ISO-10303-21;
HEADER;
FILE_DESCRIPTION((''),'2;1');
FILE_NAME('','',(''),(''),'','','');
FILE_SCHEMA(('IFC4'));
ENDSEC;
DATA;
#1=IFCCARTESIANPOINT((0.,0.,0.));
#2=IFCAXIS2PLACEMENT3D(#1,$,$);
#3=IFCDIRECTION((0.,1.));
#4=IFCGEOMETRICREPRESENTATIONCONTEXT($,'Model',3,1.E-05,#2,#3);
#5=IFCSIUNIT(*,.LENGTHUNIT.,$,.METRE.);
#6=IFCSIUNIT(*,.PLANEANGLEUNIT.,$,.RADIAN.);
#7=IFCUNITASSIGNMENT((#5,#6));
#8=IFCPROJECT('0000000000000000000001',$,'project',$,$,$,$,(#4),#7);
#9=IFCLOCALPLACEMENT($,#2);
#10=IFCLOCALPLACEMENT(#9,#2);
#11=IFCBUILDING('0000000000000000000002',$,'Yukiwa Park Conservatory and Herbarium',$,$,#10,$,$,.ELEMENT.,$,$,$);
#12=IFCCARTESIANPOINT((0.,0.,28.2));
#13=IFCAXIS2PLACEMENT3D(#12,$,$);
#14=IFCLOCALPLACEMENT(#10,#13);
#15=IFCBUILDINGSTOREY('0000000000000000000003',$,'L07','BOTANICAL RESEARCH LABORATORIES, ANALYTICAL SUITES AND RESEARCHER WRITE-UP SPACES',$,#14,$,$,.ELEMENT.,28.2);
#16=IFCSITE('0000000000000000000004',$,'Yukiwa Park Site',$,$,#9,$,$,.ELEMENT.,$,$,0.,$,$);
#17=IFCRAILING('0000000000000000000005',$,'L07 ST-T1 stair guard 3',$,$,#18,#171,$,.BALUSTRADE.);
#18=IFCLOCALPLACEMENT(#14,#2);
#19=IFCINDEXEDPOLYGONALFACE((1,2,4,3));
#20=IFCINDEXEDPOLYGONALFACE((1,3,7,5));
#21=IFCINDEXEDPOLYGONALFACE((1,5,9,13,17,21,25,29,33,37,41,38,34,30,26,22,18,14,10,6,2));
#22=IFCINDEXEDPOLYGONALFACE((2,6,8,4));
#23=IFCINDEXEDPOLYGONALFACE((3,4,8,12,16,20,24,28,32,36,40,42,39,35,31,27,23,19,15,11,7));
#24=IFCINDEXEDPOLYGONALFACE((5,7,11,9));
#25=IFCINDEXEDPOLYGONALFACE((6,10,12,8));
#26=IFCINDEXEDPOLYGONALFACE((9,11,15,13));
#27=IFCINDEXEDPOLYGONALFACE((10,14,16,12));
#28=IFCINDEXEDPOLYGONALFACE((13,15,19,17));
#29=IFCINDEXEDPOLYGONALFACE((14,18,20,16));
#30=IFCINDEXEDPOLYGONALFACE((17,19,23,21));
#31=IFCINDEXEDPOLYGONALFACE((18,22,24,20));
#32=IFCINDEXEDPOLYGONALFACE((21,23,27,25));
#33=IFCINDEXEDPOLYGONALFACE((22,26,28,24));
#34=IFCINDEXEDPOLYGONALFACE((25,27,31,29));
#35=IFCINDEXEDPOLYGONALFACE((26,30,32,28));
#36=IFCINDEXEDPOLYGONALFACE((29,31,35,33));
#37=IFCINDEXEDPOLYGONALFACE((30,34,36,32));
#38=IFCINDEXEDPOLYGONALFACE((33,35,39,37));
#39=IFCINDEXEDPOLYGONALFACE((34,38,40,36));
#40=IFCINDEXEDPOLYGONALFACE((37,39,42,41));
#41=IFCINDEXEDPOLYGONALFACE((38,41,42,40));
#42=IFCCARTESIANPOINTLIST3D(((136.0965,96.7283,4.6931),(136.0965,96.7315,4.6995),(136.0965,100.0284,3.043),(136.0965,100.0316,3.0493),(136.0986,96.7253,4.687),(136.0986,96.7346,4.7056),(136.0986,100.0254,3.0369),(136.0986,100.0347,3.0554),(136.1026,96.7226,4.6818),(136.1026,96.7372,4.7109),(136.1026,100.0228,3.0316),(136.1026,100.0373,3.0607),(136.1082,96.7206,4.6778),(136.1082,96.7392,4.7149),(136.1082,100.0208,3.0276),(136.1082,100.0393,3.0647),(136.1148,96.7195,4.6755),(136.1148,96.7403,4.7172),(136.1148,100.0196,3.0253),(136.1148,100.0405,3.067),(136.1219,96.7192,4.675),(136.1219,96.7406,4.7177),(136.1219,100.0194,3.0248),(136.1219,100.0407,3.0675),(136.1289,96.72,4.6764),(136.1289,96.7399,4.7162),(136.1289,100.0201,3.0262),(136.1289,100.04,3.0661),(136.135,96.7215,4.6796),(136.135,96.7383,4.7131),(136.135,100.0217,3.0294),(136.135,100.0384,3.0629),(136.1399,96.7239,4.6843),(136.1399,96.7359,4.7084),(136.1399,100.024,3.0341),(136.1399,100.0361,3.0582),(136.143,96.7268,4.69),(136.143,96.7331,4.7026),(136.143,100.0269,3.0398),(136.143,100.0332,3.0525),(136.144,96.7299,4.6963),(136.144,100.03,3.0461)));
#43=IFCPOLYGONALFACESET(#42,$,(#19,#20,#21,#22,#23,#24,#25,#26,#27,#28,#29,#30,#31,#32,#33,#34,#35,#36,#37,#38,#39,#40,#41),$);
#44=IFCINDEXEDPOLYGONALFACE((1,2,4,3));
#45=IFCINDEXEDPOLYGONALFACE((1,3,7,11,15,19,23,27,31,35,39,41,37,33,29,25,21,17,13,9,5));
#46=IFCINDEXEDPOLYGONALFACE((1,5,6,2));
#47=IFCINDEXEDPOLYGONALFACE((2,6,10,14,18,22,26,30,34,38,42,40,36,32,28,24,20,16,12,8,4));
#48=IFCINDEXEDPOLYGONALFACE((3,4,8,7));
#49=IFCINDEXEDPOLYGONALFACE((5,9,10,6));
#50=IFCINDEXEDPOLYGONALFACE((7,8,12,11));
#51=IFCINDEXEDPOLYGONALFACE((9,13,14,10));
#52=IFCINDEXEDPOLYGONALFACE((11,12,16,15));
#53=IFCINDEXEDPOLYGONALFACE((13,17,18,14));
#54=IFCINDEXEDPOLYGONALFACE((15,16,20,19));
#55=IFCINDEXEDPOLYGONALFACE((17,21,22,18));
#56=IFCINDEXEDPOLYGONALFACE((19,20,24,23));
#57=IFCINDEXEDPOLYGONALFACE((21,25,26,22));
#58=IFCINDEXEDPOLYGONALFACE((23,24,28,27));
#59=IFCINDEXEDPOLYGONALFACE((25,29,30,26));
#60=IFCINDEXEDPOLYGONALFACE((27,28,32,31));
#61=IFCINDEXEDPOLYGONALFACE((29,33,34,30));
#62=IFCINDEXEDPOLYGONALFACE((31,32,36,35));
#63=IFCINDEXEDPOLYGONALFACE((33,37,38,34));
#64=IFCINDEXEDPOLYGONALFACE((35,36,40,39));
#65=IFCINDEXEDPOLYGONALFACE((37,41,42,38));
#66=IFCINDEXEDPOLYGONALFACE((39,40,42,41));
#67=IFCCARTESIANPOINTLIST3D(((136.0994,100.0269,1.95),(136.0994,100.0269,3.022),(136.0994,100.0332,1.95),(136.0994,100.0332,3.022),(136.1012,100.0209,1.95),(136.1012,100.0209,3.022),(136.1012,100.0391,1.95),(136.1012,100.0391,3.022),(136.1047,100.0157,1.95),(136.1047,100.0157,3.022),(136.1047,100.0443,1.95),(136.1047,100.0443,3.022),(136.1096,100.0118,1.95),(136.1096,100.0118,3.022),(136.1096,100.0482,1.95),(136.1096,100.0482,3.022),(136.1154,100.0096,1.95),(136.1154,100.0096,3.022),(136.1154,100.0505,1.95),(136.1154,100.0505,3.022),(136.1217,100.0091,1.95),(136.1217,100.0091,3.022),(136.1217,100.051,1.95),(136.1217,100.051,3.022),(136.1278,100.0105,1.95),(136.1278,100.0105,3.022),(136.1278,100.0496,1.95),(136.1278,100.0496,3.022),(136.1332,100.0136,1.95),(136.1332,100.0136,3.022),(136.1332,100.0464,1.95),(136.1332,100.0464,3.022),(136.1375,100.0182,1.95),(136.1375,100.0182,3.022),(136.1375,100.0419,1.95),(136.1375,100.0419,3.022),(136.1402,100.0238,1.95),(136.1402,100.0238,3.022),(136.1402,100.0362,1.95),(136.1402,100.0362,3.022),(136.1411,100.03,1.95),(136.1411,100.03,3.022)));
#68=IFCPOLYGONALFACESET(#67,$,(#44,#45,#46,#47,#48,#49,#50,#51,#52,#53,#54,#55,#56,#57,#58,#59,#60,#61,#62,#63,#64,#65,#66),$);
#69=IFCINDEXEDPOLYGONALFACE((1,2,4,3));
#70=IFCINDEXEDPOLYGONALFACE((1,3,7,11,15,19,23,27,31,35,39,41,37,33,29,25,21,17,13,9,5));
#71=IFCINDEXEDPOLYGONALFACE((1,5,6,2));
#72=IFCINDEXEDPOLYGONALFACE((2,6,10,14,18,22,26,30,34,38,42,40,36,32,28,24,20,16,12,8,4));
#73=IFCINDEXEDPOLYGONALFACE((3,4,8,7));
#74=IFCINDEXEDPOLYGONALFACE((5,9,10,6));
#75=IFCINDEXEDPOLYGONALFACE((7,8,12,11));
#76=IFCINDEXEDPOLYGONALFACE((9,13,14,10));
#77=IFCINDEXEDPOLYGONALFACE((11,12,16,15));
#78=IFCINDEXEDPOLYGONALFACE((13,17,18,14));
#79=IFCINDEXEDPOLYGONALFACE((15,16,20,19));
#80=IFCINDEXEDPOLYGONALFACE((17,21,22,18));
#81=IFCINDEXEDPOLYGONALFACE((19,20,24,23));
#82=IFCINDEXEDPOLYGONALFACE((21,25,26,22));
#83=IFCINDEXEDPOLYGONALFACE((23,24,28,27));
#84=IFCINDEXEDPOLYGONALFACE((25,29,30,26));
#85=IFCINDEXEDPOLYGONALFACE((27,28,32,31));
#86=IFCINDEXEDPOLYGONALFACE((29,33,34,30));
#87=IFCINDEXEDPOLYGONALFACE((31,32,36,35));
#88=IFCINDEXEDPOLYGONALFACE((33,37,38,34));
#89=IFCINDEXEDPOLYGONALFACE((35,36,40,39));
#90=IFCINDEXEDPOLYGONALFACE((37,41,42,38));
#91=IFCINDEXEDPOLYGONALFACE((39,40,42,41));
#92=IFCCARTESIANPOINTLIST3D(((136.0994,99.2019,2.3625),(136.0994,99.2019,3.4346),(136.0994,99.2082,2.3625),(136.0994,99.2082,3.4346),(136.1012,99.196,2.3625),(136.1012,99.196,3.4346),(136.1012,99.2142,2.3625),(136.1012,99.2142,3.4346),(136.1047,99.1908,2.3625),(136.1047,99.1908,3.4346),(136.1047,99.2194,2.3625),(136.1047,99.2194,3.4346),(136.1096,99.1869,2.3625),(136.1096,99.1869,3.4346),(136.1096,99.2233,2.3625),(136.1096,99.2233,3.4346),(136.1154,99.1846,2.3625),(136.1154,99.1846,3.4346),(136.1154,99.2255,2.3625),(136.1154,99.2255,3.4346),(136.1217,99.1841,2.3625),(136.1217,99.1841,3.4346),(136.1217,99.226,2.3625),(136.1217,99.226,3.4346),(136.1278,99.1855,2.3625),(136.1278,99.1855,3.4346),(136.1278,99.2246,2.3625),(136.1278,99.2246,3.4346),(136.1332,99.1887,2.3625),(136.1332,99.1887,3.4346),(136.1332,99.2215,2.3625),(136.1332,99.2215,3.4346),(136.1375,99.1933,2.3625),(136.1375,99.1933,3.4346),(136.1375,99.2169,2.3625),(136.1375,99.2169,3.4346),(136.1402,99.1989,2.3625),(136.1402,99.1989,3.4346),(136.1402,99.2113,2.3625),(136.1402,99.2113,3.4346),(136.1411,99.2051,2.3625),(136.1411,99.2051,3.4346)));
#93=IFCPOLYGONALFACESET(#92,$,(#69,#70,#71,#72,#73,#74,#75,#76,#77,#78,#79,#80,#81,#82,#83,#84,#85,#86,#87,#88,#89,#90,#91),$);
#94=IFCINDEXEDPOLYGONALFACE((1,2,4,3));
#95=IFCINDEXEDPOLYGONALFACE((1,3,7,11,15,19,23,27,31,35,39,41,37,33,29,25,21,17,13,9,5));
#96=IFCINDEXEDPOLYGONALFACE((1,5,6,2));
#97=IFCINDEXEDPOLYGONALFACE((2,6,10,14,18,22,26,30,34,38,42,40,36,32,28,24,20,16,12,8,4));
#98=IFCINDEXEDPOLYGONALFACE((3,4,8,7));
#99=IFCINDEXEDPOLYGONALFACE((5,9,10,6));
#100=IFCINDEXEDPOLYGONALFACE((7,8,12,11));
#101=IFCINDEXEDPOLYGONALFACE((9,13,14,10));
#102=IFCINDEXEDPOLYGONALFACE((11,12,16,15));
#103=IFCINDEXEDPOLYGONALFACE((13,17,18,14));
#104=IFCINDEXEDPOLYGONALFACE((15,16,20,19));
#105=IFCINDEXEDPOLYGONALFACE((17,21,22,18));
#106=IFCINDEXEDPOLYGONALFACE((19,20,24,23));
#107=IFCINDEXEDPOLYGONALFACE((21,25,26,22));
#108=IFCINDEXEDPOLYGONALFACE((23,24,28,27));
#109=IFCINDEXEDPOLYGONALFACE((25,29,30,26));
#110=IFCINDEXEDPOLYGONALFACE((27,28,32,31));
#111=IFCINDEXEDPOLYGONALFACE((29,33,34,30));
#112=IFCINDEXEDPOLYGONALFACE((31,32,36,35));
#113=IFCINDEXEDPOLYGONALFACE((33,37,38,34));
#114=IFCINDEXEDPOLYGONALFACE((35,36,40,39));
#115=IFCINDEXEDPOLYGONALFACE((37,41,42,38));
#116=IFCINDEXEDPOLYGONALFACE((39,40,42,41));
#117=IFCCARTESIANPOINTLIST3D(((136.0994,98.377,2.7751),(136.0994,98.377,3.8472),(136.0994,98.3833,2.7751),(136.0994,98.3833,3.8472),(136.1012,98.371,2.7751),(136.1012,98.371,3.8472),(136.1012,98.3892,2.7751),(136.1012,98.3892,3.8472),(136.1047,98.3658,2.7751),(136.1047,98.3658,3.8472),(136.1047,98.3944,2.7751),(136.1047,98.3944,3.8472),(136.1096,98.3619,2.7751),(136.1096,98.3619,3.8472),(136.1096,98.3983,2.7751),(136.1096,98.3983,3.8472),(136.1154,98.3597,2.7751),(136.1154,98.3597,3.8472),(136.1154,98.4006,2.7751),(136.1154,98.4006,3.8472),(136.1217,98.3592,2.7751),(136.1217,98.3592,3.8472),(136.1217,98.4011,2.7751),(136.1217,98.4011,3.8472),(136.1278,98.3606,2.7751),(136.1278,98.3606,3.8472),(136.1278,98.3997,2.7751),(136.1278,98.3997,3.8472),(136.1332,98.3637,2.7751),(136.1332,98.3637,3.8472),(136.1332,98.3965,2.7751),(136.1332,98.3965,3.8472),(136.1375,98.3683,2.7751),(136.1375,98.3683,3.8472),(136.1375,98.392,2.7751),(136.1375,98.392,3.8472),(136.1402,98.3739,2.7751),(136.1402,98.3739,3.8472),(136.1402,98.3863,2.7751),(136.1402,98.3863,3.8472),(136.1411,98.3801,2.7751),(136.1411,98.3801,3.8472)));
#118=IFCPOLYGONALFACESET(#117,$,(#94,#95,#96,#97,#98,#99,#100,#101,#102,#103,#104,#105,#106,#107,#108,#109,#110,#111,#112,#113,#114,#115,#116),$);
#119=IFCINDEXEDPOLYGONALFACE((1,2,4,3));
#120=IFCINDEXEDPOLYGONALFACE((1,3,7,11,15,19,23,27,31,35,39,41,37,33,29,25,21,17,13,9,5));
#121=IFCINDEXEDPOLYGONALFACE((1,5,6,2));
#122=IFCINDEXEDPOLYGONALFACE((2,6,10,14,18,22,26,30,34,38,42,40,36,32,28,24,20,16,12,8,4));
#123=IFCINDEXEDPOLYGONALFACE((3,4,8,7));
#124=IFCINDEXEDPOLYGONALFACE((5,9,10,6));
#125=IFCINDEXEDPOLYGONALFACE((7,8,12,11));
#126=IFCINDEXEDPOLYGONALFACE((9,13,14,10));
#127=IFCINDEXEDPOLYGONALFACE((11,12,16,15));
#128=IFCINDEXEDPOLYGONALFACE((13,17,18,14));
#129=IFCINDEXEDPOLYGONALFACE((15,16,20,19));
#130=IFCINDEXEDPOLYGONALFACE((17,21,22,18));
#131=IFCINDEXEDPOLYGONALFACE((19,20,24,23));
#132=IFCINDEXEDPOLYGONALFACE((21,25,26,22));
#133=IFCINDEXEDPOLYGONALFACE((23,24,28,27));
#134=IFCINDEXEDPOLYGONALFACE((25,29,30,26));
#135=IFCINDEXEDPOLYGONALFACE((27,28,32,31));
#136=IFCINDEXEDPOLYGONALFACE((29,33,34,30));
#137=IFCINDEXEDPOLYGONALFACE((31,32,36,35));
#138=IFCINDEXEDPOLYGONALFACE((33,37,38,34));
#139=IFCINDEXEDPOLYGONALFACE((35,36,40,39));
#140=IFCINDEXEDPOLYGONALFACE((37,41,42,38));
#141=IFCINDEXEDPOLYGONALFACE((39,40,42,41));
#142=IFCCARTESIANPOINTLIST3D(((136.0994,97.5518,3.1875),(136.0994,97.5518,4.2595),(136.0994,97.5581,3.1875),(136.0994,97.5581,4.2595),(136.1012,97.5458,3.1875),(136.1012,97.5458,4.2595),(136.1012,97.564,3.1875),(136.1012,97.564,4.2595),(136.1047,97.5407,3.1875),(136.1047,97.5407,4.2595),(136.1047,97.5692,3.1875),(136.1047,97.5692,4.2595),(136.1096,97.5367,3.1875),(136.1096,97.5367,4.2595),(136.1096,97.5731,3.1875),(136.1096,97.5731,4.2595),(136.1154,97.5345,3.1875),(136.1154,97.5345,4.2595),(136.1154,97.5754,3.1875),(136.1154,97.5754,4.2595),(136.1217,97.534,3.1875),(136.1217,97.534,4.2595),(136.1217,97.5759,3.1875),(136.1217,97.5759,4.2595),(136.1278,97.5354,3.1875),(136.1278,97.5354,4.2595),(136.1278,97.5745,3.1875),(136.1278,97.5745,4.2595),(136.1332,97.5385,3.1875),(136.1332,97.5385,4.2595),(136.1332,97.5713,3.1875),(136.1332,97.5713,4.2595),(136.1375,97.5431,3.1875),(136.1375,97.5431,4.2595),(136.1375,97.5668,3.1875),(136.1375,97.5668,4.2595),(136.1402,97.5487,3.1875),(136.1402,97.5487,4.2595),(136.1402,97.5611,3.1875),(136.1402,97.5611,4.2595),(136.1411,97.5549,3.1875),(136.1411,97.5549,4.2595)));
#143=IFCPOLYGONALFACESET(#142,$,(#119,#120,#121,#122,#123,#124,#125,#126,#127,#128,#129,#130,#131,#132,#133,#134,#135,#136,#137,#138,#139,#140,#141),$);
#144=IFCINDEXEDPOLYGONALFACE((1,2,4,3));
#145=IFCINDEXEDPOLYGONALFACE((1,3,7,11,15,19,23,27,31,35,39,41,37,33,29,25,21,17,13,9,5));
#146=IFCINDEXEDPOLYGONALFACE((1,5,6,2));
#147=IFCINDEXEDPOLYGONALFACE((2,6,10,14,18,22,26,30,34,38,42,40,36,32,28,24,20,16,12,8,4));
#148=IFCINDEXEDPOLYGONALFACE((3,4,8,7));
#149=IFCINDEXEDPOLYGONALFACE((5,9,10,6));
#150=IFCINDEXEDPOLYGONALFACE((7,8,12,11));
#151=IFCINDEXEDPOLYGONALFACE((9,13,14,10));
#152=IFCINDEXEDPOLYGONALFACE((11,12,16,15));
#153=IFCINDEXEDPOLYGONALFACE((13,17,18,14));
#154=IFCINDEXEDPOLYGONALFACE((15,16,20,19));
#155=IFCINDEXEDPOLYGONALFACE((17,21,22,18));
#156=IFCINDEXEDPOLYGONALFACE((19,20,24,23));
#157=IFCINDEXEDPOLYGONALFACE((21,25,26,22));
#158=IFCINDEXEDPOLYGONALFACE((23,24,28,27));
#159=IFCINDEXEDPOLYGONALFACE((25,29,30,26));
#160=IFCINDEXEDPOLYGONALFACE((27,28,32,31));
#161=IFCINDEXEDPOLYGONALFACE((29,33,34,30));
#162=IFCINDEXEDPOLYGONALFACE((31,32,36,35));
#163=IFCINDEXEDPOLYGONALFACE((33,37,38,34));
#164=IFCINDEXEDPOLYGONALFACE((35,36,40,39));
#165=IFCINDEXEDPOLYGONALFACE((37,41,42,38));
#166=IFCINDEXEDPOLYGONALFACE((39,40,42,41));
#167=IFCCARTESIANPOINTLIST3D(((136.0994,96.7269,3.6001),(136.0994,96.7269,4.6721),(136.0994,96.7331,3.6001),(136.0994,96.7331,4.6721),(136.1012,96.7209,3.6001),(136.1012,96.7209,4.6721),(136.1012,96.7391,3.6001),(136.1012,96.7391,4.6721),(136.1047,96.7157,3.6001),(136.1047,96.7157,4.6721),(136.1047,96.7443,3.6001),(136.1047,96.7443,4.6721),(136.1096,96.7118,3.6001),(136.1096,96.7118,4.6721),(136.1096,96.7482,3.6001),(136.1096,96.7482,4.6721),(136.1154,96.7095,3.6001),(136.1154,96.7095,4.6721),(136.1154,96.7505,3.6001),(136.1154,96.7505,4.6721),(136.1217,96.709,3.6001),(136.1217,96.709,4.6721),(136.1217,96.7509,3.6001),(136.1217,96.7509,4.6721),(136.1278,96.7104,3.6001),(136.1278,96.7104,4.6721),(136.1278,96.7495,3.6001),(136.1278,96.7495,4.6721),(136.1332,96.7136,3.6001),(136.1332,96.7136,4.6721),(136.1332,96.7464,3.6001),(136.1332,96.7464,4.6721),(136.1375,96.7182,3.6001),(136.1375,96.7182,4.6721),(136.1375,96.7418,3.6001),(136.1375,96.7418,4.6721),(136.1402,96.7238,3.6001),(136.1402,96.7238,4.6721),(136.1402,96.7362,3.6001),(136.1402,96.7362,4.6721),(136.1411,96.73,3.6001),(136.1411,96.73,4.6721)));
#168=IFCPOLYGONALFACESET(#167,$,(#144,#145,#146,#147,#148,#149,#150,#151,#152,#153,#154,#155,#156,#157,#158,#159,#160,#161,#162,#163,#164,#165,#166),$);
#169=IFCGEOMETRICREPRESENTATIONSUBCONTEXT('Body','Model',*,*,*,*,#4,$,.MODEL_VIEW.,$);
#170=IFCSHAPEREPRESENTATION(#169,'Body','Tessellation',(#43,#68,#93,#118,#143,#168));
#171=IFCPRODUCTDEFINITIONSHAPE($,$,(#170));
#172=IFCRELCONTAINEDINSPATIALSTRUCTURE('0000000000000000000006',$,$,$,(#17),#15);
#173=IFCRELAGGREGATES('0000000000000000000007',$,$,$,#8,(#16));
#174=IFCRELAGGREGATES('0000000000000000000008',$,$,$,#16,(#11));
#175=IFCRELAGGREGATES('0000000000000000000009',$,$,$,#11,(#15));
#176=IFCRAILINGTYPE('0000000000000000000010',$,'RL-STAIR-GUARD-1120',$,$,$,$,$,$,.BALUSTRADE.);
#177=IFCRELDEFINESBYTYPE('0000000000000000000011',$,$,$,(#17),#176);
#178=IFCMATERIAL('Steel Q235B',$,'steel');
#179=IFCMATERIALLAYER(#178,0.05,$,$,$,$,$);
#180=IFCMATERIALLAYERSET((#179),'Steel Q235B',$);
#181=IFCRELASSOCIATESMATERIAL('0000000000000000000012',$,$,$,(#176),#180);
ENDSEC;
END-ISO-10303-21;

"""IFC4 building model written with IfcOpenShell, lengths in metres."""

from ifc_helpers import new_model, si_unit, direction, frame, origin, origin_2d, place, context, subcontext, project, spatial, circle, extrude, material, layer, layer_set, type_object, element, save


model = new_model("IFC4")

# Units and contexts
model_context = context("Model", 3, precision=1e-05, world=origin(), true_north=direction((0.0, 1.0)))
body_context = subcontext(model_context, "Body", "Model", "MODEL_VIEW")
ifc_project = project(units=[si_unit("LENGTHUNIT", "METRE"), si_unit("PLANEANGLEUNIT", "RADIAN")], contexts=[model_context])

# Site, building, storey
site_placement = place(None, origin())
site = spatial("IfcSite", under=ifc_project, at=site_placement, Name="Yukiwa Park Site", CompositionType="ELEMENT", RefElevation=0.0)
building_placement = place(site_placement, origin())
building = spatial("IfcBuilding", under=site, at=building_placement, Name="Yukiwa Park Conservatory and Herbarium", CompositionType="ELEMENT")
storey_placement = place(building_placement, frame((0.0, 0.0, 28.2)))
storey = spatial("IfcBuildingStorey", under=building, at=storey_placement, Name="L07", Description="BOTANICAL RESEARCH LABORATORIES, ANALYTICAL SUITES AND RESEARCHER WRITE-UP SPACES", CompositionType="ELEMENT", Elevation=28.2)

# Railing
ifc_material_1 = material(Name="Steel Q235B", Category="steel")
ifc_layer_1 = layer(ifc_material_1, 0.05)
ifc_layer_set_1 = layer_set([ifc_layer_1], Name="Steel Q235B")
railing_type = type_object("IfcRailingType", Name="RL-STAIR-GUARD-1120", PredefinedType="BALUSTRADE", material=ifc_layer_set_1)
railing_1_placement = place(storey_placement, frame((136.1201, 100.03, 1.95)))
element("IfcRailing", 1, at=railing_1_placement, inside=storey, type_object=railing_type, Name="L07 ST-T1 stair guard 3", PredefinedType="BALUSTRADE", context=body_context, shape_type="SweptSolid", body=[
    extrude(circle(Radius=0.0239, at=origin_2d()), frame((0.0, 0.0, 1.0962), z_axis=(0.0, -0.894414, 0.44724), x_axis=(1.0, 0.0, 0.0)), (0.0, 0.0, 1.0), 3.6897),
    extrude(circle(Radius=0.021, at=origin_2d()), origin(), (0.0, 0.0, 1.0), 1.072),
    extrude(circle(Radius=0.021, at=origin_2d()), frame((0.0, -0.825, 0.4126)), (0.0, 0.0, 1.0), 1.072),
    extrude(circle(Radius=0.021, at=origin_2d()), frame((0.0, -1.6499, 0.8252)), (0.0, 0.0, 1.0), 1.072),
    extrude(circle(Radius=0.021, at=origin_2d()), frame((0.0, -2.4751, 1.2375)), (0.0, 0.0, 1.0), 1.072),
    extrude(circle(Radius=0.021, at=origin_2d()), frame((0.0, -3.3, 1.6501)), (0.0, 0.0, 1.0), 1.072),
])

save(model, "model.ifc")
